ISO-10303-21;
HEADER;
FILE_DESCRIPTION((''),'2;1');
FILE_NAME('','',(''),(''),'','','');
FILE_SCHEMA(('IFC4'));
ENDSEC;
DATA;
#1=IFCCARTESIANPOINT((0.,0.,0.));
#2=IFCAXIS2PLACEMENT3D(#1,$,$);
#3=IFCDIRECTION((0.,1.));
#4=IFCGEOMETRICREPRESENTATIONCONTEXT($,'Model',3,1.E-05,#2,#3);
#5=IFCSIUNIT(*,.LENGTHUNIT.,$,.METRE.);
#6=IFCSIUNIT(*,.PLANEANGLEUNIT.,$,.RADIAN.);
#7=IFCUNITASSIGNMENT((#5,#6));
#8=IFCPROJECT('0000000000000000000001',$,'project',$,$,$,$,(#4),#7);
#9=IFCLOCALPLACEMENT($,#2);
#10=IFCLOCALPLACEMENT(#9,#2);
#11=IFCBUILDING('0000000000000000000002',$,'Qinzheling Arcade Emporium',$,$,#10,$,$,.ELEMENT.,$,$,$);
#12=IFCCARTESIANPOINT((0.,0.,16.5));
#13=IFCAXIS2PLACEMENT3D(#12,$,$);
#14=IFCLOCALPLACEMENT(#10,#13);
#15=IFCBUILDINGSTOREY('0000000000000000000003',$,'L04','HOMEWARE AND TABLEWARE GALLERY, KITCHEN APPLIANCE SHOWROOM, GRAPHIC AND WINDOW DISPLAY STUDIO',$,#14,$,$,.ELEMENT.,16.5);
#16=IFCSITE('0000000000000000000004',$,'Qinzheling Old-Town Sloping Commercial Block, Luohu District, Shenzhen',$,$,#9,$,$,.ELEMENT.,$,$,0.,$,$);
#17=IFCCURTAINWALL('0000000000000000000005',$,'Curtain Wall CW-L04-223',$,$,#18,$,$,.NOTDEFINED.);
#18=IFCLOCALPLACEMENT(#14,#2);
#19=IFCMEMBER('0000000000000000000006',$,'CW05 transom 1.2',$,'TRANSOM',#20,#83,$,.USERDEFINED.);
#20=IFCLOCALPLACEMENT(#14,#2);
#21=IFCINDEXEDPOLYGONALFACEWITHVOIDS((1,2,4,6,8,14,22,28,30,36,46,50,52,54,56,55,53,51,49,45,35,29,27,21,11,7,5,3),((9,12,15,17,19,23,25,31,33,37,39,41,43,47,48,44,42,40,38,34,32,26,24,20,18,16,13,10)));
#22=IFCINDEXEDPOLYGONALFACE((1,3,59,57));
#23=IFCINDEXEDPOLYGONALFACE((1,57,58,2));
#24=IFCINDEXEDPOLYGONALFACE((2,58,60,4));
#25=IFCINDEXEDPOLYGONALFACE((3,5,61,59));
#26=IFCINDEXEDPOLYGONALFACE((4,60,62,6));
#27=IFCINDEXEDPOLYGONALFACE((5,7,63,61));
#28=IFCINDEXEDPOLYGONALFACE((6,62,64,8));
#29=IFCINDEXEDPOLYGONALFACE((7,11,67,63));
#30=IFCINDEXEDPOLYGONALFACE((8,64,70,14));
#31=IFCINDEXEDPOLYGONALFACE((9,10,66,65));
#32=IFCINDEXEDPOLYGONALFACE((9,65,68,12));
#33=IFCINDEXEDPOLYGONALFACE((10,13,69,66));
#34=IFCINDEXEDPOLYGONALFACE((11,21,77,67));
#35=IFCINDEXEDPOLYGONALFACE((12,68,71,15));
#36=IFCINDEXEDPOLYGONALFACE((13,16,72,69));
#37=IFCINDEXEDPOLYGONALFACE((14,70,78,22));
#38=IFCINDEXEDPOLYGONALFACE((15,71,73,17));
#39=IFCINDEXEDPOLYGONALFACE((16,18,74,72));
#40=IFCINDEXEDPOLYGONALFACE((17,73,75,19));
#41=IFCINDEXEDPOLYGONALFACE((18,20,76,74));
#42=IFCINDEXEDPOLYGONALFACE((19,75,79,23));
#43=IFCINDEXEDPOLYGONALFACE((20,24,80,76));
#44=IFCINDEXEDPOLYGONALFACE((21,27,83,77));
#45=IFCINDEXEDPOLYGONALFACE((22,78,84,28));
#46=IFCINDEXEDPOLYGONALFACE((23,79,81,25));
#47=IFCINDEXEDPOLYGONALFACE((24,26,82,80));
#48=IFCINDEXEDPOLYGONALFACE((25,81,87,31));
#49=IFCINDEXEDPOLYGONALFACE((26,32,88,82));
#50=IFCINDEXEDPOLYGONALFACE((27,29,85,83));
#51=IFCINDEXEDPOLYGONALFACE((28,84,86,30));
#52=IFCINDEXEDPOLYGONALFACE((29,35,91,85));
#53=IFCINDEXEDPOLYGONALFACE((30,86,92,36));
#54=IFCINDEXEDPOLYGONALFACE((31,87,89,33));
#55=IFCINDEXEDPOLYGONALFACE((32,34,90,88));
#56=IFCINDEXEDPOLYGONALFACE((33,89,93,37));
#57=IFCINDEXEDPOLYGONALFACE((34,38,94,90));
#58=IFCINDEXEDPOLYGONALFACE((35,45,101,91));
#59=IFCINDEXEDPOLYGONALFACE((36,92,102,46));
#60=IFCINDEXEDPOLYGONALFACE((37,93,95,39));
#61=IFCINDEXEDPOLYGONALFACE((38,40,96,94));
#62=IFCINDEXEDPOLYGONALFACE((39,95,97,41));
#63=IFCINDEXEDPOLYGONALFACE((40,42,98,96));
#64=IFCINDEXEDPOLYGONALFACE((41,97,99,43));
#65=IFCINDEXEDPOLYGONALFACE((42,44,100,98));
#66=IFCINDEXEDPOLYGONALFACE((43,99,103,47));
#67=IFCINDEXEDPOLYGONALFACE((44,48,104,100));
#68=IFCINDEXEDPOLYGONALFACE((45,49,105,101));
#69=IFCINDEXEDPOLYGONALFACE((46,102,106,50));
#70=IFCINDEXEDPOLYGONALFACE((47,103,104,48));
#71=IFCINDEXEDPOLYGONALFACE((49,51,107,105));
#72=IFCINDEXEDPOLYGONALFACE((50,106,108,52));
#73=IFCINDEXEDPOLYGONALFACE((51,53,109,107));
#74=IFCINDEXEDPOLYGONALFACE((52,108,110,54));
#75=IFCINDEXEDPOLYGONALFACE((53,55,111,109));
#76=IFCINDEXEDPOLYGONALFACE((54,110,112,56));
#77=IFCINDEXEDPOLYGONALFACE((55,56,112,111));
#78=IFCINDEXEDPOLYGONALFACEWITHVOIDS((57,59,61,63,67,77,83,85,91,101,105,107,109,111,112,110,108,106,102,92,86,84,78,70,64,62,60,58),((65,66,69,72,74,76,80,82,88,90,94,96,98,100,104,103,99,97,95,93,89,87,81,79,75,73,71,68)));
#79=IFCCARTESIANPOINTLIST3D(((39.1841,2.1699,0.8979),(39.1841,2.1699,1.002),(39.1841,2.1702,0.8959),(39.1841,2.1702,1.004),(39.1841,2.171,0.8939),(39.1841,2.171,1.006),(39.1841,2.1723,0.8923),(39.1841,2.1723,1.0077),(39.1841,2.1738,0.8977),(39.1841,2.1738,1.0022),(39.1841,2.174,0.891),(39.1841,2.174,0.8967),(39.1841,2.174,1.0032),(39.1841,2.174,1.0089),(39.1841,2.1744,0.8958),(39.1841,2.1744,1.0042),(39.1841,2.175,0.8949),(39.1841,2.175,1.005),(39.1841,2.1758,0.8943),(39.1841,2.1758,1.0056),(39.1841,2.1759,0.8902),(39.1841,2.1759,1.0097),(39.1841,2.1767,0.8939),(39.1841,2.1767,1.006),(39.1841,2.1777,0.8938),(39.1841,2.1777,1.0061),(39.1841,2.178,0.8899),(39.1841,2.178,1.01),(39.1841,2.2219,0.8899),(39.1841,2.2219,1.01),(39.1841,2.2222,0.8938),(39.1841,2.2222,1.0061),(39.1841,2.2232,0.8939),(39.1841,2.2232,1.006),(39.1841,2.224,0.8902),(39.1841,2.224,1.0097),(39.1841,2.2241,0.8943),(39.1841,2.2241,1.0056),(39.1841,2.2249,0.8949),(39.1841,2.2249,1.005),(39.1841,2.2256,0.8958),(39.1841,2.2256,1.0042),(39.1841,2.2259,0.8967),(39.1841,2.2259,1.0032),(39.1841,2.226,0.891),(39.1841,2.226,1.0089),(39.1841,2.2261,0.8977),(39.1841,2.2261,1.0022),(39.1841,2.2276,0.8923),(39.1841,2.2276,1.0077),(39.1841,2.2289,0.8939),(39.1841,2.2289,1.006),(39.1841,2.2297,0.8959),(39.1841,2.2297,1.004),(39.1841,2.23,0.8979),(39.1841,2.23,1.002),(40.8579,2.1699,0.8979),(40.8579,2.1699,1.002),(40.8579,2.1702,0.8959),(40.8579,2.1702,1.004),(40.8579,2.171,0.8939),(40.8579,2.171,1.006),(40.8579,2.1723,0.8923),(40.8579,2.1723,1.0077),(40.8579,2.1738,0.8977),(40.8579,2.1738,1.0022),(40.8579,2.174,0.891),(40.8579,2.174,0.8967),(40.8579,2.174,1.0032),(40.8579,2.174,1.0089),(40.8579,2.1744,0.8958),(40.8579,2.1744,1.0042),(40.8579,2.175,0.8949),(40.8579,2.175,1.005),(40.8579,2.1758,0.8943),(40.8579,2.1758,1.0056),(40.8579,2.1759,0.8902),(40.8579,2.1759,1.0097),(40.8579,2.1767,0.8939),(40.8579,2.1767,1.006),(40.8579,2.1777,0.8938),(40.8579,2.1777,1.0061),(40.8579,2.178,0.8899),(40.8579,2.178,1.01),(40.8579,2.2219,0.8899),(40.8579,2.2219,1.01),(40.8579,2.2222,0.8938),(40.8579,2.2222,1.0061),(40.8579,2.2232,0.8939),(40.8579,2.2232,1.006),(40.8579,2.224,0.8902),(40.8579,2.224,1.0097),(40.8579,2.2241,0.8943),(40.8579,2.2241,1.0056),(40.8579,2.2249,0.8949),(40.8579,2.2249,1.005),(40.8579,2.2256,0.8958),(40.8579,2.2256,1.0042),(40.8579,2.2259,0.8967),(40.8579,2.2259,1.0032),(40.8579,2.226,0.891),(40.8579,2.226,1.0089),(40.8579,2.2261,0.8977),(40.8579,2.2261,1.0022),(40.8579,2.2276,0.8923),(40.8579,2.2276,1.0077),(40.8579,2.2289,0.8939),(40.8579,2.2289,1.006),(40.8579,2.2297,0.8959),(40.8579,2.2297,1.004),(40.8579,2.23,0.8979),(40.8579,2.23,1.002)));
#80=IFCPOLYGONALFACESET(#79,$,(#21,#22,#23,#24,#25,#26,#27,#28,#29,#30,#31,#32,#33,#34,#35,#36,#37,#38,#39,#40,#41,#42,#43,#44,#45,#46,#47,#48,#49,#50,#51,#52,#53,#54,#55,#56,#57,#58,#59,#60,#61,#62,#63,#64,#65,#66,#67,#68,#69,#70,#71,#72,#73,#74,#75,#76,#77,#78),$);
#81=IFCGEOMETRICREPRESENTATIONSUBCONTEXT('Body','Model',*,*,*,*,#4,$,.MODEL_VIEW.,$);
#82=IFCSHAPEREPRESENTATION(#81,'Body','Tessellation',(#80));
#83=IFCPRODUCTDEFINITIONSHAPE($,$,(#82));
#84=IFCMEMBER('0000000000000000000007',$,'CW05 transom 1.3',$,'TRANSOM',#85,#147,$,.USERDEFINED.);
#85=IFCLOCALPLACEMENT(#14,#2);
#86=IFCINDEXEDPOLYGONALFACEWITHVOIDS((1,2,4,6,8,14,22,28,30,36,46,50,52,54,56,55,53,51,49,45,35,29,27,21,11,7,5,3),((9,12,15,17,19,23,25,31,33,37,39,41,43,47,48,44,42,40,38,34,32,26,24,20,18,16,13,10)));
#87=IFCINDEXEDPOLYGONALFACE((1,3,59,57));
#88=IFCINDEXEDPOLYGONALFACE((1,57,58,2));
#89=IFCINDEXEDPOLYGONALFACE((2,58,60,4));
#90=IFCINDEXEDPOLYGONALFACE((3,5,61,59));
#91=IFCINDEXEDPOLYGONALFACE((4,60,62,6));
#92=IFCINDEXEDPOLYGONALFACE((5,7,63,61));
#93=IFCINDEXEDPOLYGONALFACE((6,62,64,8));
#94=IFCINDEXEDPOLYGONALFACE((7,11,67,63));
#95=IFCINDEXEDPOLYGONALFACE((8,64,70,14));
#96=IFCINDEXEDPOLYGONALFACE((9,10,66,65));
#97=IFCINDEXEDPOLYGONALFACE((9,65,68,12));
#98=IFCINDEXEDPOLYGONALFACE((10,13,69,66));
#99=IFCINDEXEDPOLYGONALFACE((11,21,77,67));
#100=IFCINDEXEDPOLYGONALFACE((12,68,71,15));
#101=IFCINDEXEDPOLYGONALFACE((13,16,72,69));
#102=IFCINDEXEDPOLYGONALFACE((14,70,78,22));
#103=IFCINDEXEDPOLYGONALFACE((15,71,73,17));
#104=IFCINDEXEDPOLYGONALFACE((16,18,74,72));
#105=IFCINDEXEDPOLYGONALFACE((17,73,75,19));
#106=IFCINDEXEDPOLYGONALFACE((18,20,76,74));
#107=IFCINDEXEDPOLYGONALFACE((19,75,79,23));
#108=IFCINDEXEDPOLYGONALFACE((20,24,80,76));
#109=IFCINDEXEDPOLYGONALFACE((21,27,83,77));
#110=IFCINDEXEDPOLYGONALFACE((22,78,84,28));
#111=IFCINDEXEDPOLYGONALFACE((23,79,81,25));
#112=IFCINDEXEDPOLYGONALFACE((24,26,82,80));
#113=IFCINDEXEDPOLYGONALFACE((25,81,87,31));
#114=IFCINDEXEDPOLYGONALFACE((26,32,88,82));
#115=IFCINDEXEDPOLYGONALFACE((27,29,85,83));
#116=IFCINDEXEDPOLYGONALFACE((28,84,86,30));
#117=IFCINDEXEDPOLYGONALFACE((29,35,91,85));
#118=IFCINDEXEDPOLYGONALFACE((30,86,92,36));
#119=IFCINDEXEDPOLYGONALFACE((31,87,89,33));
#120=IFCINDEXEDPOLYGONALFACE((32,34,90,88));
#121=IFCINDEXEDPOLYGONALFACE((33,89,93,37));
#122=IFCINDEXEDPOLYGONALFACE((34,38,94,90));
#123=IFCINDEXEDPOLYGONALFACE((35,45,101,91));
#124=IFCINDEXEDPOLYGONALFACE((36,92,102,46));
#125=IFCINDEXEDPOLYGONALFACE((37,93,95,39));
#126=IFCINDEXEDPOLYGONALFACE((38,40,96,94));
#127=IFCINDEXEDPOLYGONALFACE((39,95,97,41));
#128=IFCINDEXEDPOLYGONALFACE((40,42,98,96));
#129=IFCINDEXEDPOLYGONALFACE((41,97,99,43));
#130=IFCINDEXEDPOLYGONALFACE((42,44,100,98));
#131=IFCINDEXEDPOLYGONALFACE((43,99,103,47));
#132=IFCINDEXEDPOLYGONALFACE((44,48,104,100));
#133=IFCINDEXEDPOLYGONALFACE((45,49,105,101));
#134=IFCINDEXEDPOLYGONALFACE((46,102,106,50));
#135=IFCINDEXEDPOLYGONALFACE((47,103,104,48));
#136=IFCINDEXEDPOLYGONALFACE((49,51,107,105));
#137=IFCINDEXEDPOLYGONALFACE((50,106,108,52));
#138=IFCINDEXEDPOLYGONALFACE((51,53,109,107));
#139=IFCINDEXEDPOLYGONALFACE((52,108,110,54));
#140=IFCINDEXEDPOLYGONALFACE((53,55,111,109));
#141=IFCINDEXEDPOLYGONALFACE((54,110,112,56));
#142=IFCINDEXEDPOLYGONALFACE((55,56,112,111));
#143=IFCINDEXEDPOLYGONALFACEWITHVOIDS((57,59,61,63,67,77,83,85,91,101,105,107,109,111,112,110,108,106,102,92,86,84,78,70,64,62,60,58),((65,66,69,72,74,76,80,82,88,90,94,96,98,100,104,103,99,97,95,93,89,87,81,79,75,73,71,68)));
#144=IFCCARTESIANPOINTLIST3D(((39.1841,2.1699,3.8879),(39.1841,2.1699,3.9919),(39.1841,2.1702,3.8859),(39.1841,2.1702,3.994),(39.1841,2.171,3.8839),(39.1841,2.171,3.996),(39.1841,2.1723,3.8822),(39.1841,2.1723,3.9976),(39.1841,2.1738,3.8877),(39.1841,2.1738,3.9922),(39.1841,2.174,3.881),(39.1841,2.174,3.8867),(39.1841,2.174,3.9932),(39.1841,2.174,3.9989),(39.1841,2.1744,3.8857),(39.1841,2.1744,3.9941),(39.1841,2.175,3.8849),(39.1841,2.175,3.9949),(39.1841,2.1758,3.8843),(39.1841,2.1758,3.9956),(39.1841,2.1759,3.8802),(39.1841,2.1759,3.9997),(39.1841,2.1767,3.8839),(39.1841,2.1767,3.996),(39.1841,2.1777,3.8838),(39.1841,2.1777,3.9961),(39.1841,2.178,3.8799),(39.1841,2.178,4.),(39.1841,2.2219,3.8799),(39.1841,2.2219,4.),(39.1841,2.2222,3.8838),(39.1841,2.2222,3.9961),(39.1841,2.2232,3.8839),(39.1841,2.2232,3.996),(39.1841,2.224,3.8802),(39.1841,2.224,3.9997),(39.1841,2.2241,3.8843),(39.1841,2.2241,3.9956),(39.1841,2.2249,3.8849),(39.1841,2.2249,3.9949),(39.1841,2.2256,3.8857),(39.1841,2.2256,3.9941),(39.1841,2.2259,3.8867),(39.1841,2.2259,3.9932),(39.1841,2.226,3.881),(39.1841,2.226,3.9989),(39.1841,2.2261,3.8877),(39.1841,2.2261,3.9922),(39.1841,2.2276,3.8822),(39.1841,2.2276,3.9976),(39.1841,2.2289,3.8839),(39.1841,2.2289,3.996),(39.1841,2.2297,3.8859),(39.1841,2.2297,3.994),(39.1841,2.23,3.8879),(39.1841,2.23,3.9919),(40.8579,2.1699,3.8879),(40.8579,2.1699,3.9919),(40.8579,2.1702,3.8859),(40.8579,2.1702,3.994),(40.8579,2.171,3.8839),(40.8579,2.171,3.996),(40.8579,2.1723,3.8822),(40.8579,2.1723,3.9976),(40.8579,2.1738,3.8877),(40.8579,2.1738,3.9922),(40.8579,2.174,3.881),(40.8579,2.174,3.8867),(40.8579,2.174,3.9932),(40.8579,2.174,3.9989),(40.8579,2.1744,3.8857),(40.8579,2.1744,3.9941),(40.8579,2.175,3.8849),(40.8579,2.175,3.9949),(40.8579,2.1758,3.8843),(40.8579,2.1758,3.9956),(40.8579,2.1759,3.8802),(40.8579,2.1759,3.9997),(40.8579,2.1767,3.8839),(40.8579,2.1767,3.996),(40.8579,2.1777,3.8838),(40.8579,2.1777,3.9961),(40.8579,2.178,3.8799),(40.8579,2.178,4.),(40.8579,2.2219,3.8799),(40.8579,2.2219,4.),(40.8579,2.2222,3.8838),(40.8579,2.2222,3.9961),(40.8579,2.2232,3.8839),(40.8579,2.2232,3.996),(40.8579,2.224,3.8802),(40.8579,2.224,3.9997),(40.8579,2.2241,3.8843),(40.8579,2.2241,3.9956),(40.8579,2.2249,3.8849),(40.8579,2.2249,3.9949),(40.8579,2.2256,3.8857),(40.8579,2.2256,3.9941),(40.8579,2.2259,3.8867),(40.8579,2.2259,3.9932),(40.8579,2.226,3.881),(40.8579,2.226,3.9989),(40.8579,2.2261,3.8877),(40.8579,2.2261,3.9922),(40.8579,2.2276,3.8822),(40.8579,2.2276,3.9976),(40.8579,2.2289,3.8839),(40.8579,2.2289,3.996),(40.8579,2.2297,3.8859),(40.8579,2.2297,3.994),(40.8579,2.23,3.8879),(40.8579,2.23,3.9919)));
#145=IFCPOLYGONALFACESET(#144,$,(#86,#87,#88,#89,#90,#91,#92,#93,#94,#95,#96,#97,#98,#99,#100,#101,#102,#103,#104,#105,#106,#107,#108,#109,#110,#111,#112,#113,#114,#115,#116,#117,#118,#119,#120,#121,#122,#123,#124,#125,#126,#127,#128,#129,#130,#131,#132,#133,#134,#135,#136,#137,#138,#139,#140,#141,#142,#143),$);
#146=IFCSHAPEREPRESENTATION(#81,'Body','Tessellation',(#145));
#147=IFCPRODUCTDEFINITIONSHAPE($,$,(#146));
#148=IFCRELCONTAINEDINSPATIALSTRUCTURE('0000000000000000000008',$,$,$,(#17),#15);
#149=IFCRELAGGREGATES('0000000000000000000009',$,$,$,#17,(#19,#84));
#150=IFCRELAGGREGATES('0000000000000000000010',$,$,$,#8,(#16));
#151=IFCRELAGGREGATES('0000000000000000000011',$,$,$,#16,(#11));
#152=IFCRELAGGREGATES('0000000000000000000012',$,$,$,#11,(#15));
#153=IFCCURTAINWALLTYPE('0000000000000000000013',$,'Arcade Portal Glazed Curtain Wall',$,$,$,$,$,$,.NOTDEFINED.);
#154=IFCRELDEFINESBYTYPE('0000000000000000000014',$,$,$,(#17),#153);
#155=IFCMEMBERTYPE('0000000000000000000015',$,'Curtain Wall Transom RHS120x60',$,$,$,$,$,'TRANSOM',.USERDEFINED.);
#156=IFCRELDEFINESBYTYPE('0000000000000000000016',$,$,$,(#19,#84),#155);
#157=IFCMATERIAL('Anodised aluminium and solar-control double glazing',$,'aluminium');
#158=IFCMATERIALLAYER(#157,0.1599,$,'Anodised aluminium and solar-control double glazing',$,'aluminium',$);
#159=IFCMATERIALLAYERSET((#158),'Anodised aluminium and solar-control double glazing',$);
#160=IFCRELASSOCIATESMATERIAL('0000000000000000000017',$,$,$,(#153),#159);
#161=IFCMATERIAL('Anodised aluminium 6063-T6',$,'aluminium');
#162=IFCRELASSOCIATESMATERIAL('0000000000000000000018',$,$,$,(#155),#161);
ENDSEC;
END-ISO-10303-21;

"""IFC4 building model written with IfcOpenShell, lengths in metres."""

from ifc_helpers import new_model, si_unit, direction, frame, origin, origin_2d, place, context, subcontext, project, spatial, hollow_rectangle, extrude, material, layer, layer_set, material_profile, profile_set, type_object, element, aggregate, save


model = new_model("IFC4")

# Units and contexts
model_context = context("Model", 3, precision=1e-05, world=origin(), true_north=direction((0.0, 1.0)))
body_context = subcontext(model_context, "Body", "Model", "MODEL_VIEW")
ifc_project = project(units=[si_unit("LENGTHUNIT", "METRE"), si_unit("PLANEANGLEUNIT", "RADIAN")], contexts=[model_context])

# Site, building, storey
site_placement = place(None, origin())
site = spatial("IfcSite", under=ifc_project, at=site_placement, Name="Qinzheling Old-Town Sloping Commercial Block, Luohu District, Shenzhen", CompositionType="ELEMENT", RefElevation=0.0)
building_placement = place(site_placement, origin())
building = spatial("IfcBuilding", under=site, at=building_placement, Name="Qinzheling Arcade Emporium", CompositionType="ELEMENT")
storey_placement = place(building_placement, frame((0.0, 0.0, 16.5)))
storey = spatial("IfcBuildingStorey", under=building, at=storey_placement, Name="L04", Description="HOMEWARE AND TABLEWARE GALLERY, KITCHEN APPLIANCE SHOWROOM, GRAPHIC AND WINDOW DISPLAY STUDIO", CompositionType="ELEMENT", Elevation=16.5)

# Curtain wall
ifc_material_1 = material(Name="Anodised aluminium and solar-control double glazing", Category="aluminium")
ifc_layer_1 = layer(ifc_material_1, 0.1599, Name="Anodised aluminium and solar-control double glazing", Category="aluminium")
ifc_layer_set_1 = layer_set([ifc_layer_1], Name="Anodised aluminium and solar-control double glazing")
curtain_wall_type = type_object("IfcCurtainWallType", Name="Arcade Portal Glazed Curtain Wall", PredefinedType="NOTDEFINED", material=ifc_layer_set_1)
ifc_material_2 = material(Name="Anodised aluminium 6063-T6", Category="aluminium")
curtain_wall_1_placement = place(storey_placement, origin())
curtain_wall_1 = element("IfcCurtainWall", 1, at=curtain_wall_1_placement, inside=storey, type_object=curtain_wall_type, Name="Curtain Wall CW-L04-223", PredefinedType="NOTDEFINED")

# Members
ifc_material_profile_1 = material_profile(ifc_material_2, hollow_rectangle(XDim=0.0601, YDim=0.1201, WallThickness=0.0039, InnerFilletRadius=0.0039, OuterFilletRadius=0.0081, at=origin_2d()), Name="RHS 120x60x4", Category="aluminium")
ifc_profile_set_1 = profile_set([ifc_material_profile_1], Name="Anodised aluminium 6063-T6")
member_type_1 = type_object("IfcMemberType", Name="Curtain Wall Transom RHS120x60", ElementType="TRANSOM", PredefinedType="USERDEFINED", material=ifc_profile_set_1)
member_1_placement = place(storey_placement, frame((40.8579, 2.2, 0.95), z_axis=(-1.0, 0.0, 0.0), x_axis=(0.0, -1.0, 0.0)))
member_1 = element("IfcMember", 2, at=member_1_placement, type_object=member_type_1, Name="CW05 transom 1.2", ObjectType="TRANSOM", PredefinedType="USERDEFINED", context=body_context, shape_type="SweptSolid", body=[
    extrude(hollow_rectangle(XDim=0.0601, YDim=0.1201, WallThickness=0.0039, InnerFilletRadius=0.0039, OuterFilletRadius=0.0081, at=origin_2d()), origin(), (0.0, 0.0, 1.0), 1.6738),
])
member_2_placement = place(storey_placement, frame((40.8579, 2.2, 3.9399), z_axis=(-1.0, 0.0, 0.0), x_axis=(0.0, -1.0, 0.0)))
member_2 = element("IfcMember", 3, at=member_2_placement, type_object=member_type_1, Name="CW05 transom 1.3", ObjectType="TRANSOM", PredefinedType="USERDEFINED", context=body_context, shape_type="SweptSolid", body=[
    extrude(hollow_rectangle(XDim=0.0601, YDim=0.1201, WallThickness=0.0039, InnerFilletRadius=0.0039, OuterFilletRadius=0.0081, at=origin_2d()), origin(), (0.0, 0.0, 1.0), 1.6738),
])

aggregate(curtain_wall_1, [member_1, member_2])

save(model, "model.ifc")
